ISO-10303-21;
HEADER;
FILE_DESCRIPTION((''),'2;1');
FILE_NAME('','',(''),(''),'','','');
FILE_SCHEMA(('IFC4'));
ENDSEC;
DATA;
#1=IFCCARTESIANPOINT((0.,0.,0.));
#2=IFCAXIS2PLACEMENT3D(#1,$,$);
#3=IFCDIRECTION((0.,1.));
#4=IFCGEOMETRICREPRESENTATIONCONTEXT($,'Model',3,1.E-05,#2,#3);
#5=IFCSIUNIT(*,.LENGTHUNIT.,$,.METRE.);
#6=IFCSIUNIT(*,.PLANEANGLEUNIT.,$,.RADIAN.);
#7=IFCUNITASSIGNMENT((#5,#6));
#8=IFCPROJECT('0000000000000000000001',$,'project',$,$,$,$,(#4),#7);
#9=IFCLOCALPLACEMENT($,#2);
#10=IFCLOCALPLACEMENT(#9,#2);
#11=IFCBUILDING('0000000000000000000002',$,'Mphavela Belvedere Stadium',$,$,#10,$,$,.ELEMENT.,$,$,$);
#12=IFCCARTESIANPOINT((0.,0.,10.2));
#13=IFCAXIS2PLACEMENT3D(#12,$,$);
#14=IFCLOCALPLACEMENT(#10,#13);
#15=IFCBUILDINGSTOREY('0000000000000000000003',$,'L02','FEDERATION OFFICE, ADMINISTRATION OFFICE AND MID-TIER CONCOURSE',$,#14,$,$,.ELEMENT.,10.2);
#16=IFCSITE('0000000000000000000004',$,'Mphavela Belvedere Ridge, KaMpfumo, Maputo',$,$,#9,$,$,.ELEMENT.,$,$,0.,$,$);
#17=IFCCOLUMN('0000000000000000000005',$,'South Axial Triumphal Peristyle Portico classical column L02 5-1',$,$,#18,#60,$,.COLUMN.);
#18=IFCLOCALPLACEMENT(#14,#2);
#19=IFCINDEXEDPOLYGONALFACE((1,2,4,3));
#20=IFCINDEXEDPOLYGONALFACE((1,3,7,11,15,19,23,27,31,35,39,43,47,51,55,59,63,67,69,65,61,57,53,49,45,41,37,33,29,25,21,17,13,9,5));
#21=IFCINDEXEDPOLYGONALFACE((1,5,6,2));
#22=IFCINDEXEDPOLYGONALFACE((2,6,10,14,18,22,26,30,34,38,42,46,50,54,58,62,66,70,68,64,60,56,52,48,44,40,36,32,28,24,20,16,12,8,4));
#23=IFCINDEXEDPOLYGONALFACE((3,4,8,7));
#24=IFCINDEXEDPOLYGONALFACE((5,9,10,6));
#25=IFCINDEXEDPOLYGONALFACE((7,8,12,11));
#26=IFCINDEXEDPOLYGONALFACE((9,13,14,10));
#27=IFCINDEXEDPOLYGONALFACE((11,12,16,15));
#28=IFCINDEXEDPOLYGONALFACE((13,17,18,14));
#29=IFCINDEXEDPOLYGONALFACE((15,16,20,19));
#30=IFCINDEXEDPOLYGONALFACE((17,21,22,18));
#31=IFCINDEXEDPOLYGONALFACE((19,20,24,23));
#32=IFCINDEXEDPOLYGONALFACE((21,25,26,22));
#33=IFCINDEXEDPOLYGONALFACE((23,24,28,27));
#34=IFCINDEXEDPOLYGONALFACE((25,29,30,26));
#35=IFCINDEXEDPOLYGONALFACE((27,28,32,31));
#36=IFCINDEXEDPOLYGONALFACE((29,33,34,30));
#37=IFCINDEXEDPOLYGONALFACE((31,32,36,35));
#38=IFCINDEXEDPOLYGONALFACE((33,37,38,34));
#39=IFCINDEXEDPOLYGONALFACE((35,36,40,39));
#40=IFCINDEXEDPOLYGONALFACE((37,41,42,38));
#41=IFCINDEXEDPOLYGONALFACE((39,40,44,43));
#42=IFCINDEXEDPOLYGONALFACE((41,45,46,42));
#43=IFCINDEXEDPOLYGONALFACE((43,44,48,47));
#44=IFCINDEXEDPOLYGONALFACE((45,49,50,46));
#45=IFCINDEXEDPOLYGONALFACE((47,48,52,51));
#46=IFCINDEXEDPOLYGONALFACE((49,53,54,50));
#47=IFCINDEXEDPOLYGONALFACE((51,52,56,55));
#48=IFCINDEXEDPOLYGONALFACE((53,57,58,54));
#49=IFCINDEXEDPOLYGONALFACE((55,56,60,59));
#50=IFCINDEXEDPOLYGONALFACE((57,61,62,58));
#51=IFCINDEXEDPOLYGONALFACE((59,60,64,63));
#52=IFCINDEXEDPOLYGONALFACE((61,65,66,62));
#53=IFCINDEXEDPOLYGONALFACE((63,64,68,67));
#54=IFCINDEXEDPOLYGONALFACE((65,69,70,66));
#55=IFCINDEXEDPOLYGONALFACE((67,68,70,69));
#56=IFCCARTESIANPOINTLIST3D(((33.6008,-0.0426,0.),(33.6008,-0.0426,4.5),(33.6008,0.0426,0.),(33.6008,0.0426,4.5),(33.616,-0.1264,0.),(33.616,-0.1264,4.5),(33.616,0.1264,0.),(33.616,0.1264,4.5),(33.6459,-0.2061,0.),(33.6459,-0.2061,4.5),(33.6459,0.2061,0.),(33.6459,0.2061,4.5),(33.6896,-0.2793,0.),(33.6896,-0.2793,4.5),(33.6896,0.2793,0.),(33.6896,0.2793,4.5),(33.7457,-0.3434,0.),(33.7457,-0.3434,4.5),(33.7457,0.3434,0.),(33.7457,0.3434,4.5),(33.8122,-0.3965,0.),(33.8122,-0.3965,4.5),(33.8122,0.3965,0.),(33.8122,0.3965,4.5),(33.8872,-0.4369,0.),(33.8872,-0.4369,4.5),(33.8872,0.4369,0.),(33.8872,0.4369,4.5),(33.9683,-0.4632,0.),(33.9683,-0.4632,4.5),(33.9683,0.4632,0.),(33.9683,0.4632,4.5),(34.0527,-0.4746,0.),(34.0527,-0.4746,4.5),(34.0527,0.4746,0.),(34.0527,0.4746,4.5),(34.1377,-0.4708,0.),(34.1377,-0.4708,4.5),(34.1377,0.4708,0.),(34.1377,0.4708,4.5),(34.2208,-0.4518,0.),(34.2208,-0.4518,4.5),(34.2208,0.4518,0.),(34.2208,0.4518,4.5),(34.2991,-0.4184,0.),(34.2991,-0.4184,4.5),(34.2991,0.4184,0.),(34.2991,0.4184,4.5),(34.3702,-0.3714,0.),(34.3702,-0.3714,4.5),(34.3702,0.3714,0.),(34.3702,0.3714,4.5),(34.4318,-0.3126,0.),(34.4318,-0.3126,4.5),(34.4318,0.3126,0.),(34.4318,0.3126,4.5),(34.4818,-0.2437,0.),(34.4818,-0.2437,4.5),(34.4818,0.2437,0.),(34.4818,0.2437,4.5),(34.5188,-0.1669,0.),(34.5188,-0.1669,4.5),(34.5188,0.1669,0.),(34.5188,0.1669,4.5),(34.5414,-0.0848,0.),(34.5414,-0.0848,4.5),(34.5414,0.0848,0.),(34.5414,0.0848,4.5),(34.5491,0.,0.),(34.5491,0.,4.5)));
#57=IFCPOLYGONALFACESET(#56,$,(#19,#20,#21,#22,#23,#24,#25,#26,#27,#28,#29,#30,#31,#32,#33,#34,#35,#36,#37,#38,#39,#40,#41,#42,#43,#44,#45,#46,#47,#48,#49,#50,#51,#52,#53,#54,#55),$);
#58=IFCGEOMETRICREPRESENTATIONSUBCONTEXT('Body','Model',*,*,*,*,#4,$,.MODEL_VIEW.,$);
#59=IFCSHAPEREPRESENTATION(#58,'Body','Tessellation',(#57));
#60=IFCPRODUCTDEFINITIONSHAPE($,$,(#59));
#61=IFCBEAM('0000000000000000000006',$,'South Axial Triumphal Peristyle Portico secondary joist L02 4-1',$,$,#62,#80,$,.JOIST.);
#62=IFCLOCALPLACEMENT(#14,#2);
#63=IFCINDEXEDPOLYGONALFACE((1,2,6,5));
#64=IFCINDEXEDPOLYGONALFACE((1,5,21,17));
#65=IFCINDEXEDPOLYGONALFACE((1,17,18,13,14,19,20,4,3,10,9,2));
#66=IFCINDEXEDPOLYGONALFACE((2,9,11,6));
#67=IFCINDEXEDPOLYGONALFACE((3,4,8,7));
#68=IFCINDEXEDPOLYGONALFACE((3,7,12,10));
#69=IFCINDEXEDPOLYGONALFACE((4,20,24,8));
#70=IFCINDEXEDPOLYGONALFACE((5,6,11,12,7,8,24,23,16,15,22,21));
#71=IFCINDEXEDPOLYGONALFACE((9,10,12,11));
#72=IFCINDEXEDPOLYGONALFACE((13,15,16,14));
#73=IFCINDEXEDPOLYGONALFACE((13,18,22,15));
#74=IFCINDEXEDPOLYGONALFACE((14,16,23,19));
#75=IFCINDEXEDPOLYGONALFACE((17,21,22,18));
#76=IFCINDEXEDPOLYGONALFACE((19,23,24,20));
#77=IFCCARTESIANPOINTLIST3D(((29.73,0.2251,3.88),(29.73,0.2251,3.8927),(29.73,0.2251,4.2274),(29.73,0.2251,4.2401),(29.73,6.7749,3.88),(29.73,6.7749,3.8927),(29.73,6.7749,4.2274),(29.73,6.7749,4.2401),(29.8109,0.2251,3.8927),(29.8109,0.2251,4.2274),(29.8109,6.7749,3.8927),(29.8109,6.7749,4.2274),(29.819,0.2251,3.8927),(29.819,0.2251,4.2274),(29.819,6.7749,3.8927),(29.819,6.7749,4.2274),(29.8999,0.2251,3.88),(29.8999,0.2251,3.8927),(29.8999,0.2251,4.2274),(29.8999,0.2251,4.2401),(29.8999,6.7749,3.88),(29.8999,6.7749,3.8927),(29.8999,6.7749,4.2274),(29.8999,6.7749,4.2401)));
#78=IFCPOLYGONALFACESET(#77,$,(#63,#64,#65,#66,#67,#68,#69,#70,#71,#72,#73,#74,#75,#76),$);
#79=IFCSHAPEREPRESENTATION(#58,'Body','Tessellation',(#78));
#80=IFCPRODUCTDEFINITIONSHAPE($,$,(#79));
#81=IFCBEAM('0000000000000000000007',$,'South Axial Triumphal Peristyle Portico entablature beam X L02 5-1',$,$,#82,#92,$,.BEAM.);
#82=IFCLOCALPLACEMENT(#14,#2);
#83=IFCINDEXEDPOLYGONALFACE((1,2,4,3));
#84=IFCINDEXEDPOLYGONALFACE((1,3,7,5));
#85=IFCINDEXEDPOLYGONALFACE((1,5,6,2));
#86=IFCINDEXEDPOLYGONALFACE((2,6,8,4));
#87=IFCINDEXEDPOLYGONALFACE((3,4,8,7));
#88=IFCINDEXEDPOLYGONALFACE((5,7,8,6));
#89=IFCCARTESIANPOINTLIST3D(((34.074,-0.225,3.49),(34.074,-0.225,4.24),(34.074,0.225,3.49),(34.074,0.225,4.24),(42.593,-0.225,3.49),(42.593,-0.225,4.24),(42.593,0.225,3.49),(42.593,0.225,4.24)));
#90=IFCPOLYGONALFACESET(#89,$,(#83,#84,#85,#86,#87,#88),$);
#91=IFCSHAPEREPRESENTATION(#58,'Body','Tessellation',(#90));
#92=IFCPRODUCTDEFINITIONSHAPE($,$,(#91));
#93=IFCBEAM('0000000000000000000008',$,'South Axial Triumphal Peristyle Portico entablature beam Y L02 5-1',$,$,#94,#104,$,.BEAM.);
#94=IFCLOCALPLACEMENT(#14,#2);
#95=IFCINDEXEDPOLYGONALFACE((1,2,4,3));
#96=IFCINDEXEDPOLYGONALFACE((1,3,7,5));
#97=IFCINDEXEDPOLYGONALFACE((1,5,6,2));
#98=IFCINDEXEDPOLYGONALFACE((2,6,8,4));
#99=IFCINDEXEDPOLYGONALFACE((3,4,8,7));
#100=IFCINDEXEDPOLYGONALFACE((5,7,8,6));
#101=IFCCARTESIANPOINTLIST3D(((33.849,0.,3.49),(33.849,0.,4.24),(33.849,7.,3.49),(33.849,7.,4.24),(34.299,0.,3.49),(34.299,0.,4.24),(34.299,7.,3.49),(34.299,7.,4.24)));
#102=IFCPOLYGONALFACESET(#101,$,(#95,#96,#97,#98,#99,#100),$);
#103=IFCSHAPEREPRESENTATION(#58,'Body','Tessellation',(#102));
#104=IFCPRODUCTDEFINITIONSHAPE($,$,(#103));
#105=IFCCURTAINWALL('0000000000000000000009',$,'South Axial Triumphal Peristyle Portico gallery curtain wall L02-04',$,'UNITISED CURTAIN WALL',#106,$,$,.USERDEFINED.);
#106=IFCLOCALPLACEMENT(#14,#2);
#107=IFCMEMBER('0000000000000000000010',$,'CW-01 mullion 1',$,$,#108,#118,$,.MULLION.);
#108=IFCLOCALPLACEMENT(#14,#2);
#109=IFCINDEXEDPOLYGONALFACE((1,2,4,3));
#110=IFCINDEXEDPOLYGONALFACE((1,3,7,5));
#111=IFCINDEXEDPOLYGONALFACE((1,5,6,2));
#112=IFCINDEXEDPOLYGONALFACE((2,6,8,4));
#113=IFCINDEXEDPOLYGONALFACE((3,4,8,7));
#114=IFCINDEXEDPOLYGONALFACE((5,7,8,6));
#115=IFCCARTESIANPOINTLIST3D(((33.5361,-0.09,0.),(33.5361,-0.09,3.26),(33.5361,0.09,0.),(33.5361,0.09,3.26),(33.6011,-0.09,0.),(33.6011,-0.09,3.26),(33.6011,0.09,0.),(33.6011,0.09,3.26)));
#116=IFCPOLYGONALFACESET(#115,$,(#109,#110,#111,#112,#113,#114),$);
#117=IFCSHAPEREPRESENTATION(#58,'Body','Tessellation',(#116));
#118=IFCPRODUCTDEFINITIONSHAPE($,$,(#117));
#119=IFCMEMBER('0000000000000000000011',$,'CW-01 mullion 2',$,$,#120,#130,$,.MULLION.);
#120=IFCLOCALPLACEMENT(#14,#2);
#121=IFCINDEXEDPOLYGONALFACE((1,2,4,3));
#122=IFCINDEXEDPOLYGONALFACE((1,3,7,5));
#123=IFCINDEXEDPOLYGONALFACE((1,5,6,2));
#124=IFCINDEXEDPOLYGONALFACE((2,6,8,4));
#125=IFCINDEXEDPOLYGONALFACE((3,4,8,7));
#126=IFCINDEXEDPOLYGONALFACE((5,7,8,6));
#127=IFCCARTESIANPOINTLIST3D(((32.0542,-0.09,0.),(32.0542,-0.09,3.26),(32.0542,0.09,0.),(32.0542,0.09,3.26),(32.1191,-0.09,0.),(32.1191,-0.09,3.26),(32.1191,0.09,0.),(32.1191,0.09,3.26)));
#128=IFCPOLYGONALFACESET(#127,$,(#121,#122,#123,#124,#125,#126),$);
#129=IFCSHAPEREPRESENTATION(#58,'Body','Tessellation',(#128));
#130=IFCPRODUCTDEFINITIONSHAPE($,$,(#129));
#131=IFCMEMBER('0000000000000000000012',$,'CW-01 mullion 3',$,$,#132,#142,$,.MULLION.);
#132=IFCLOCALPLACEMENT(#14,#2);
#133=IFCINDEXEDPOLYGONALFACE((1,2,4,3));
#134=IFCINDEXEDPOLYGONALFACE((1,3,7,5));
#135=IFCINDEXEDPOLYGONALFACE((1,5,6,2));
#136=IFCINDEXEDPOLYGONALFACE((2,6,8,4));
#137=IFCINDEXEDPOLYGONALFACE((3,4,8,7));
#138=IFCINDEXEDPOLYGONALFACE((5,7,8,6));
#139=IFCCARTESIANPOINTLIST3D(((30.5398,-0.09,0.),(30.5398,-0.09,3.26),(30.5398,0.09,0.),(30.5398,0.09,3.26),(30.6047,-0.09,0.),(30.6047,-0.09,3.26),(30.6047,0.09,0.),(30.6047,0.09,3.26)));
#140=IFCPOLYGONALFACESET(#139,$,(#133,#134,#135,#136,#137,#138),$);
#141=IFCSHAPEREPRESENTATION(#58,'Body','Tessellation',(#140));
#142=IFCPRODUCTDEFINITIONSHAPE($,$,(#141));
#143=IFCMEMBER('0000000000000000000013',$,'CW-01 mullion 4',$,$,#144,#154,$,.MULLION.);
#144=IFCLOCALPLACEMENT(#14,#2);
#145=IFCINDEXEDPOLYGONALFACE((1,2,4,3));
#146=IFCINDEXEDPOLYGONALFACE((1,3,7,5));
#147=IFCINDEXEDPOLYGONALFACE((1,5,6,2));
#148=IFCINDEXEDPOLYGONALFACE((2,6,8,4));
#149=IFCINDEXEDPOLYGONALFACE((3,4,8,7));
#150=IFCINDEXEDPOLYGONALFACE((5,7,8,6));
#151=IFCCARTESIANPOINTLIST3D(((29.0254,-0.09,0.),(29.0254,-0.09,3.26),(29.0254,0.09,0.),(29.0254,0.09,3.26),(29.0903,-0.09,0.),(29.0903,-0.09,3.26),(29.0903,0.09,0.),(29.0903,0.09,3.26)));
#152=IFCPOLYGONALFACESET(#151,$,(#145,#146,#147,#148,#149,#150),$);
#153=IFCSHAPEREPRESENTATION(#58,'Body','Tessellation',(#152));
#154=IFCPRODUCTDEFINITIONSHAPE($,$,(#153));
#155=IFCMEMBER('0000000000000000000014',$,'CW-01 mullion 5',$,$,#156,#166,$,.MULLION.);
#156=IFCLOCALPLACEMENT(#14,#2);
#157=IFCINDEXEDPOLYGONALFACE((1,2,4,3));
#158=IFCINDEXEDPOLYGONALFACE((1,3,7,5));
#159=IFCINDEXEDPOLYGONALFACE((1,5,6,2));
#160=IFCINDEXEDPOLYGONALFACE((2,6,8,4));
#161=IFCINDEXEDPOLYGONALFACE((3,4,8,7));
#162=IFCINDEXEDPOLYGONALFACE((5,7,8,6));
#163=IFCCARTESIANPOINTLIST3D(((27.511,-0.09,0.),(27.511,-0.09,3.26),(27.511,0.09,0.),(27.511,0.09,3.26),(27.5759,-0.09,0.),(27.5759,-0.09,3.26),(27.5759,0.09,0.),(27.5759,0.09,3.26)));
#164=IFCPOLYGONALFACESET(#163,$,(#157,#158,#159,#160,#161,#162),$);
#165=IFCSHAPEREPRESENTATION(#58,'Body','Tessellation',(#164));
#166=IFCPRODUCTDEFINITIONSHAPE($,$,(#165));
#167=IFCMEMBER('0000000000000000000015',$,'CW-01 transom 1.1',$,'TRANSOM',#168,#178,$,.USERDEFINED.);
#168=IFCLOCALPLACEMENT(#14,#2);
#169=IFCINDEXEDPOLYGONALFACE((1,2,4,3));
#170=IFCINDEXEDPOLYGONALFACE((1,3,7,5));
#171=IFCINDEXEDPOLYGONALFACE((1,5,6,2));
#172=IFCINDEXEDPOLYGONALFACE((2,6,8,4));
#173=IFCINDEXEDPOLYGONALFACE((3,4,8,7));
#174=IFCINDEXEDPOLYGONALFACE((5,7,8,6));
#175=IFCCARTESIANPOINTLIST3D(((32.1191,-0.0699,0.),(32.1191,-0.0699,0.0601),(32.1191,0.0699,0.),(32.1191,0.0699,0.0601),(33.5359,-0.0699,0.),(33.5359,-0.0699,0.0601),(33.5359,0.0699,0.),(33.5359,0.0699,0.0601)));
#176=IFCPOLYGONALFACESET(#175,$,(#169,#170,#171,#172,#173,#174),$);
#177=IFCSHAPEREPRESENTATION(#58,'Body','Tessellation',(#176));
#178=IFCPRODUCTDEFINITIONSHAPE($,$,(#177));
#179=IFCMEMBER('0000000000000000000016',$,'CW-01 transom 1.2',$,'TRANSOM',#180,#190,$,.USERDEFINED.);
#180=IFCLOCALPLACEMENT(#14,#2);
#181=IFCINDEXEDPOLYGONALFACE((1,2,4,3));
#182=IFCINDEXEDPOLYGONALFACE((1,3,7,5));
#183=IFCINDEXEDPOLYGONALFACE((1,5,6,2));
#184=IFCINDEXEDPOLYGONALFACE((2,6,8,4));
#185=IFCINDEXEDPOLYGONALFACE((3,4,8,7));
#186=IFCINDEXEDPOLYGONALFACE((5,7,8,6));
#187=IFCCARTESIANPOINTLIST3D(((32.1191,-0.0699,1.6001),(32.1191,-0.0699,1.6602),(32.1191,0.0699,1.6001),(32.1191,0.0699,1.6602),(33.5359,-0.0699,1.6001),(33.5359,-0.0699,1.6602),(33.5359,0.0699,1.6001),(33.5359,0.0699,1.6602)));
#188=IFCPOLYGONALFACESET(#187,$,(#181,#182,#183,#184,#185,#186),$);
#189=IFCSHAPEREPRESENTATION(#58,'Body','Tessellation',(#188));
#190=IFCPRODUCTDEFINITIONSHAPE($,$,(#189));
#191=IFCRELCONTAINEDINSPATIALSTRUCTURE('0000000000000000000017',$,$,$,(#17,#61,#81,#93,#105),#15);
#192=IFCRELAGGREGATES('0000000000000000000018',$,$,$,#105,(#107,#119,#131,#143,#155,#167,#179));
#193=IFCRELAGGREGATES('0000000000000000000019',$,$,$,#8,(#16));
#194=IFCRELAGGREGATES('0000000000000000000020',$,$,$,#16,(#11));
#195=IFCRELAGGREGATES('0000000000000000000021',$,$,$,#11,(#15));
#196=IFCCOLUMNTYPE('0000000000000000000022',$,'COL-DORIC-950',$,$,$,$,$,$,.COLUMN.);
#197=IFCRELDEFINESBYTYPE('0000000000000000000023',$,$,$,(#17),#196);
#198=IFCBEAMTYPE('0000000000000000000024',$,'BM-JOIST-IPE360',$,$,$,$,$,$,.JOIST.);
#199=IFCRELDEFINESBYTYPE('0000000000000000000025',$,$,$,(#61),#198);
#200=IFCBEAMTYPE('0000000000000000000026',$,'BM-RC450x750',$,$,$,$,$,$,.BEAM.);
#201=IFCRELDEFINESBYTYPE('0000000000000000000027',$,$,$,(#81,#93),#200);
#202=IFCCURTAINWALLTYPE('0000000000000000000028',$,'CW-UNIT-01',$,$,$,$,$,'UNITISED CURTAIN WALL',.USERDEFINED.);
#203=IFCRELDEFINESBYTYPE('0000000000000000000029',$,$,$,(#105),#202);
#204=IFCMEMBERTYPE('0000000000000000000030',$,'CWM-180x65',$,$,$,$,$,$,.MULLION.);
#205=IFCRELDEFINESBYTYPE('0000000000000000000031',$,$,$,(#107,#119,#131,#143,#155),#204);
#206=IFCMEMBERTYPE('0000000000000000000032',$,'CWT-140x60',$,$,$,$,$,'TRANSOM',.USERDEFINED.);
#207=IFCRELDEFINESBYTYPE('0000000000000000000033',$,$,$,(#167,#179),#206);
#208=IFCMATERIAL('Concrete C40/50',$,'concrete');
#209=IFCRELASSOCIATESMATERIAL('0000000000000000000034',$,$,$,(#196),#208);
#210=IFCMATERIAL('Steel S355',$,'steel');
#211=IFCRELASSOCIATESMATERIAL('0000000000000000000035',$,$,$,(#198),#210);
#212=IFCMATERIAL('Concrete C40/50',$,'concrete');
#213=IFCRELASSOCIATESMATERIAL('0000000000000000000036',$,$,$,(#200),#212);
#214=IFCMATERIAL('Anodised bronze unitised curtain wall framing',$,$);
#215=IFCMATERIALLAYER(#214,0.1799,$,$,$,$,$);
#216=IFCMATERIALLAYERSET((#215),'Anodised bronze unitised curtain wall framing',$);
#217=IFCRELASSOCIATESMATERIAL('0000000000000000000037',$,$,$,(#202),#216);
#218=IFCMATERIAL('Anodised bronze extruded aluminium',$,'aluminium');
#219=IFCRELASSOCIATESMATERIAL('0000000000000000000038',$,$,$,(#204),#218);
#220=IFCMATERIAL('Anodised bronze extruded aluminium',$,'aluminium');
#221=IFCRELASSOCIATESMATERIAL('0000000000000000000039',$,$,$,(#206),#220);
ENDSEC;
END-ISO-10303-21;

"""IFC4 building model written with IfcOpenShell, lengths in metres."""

from ifc_helpers import new_model, si_unit, direction, frame, origin, origin_2d, place, context, subcontext, project, spatial, rectangle, circle, i_section, extrude, material, layer, layer_set, material_profile, profile_set, type_object, element, aggregate, save


model = new_model("IFC4")

# Units and contexts
model_context = context("Model", 3, precision=1e-05, world=origin(), true_north=direction((0.0, 1.0)))
body_context = subcontext(model_context, "Body", "Model", "MODEL_VIEW")
ifc_project = project(units=[si_unit("LENGTHUNIT", "METRE"), si_unit("PLANEANGLEUNIT", "RADIAN")], contexts=[model_context])

# Site, building, storey
site_placement = place(None, origin())
site = spatial("IfcSite", under=ifc_project, at=site_placement, Name="Mphavela Belvedere Ridge, KaMpfumo, Maputo", CompositionType="ELEMENT", RefElevation=0.0)
building_placement = place(site_placement, origin())
building = spatial("IfcBuilding", under=site, at=building_placement, Name="Mphavela Belvedere Stadium", CompositionType="ELEMENT")
storey_placement = place(building_placement, frame((0.0, 0.0, 10.2)))
storey = spatial("IfcBuildingStorey", under=building, at=storey_placement, Name="L02", Description="FEDERATION OFFICE, ADMINISTRATION OFFICE AND MID-TIER CONCOURSE", CompositionType="ELEMENT", Elevation=10.2)

# Column
ifc_material_1 = material(Name="Concrete C40/50", Category="concrete")
ifc_material_profile_1 = material_profile(ifc_material_1, circle(Radius=0.4751, at=origin_2d()), Name="COL D950")
ifc_profile_set_1 = profile_set([ifc_material_profile_1], Name="Concrete C40/50")
column_type = type_object("IfcColumnType", Name="COL-DORIC-950", PredefinedType="COLUMN", material=ifc_profile_set_1)
column_placement = place(storey_placement, frame((34.074, 0.0, 0.0), z_axis=(0.0, 0.0, 1.0), x_axis=(1.0, 0.0, 0.0)))
element("IfcColumn", 1, at=column_placement, inside=storey, type_object=column_type, Name="South Axial Triumphal Peristyle Portico classical column L02 5-1", PredefinedType="COLUMN", context=body_context, shape_type="SweptSolid", body=[
    extrude(circle(Radius=0.4751, at=origin_2d()), origin(), (0.0, 0.0, 1.0), 4.5),
])

# Beams
ifc_material_2 = material(Name="Steel S355", Category="steel")
ifc_material_profile_2 = material_profile(ifc_material_2, i_section(OverallWidth=0.1699, OverallDepth=0.3601, WebThickness=0.0081, FlangeThickness=0.0127, at=origin_2d()), Name="IPE 360")
ifc_profile_set_2 = profile_set([ifc_material_profile_2], Name="Steel S355")
beam_type_1 = type_object("IfcBeamType", Name="BM-JOIST-IPE360", PredefinedType="JOIST", material=ifc_profile_set_2)
beam_1_placement = place(storey_placement, frame((29.8149, 0.2251, 4.0601), z_axis=(0.0, 1.0, 0.0), x_axis=(-1.0, 0.0, 0.0)))
element("IfcBeam", 2, at=beam_1_placement, inside=storey, type_object=beam_type_1, Name="South Axial Triumphal Peristyle Portico secondary joist L02 4-1", PredefinedType="JOIST", context=body_context, shape_type="SweptSolid", body=[
    extrude(i_section(OverallWidth=0.1699, OverallDepth=0.3601, WebThickness=0.0081, FlangeThickness=0.0127, at=origin_2d()), origin(), (0.0, 0.0, 1.0), 6.5498),
])
ifc_material_3 = material(Name="Concrete C40/50", Category="concrete")
ifc_material_profile_3 = material_profile(ifc_material_3, rectangle(XDim=0.45, YDim=0.75, at=origin_2d()), Name="RC 450x750")
ifc_profile_set_3 = profile_set([ifc_material_profile_3], Name="Concrete C40/50")
beam_type_2 = type_object("IfcBeamType", Name="BM-RC450x750", PredefinedType="BEAM", material=ifc_profile_set_3)
beam_2_placement = place(storey_placement, frame((34.074, 0.0, 3.865), z_axis=(1.0, 0.0, 0.0), x_axis=(0.0, 1.0, 0.0)))
element("IfcBeam", 3, at=beam_2_placement, inside=storey, type_object=beam_type_2, Name="South Axial Triumphal Peristyle Portico entablature beam X L02 5-1", PredefinedType="BEAM", context=body_context, shape_type="SweptSolid", body=[
    extrude(rectangle(XDim=0.45, YDim=0.75, at=origin_2d()), origin(), (0.0, 0.0, 1.0), 8.519),
])
beam_3_placement = place(storey_placement, frame((34.074, 0.0, 3.865), z_axis=(0.0, 1.0, 0.0), x_axis=(-1.0, 0.0, 0.0)))
element("IfcBeam", 4, at=beam_3_placement, inside=storey, type_object=beam_type_2, Name="South Axial Triumphal Peristyle Portico entablature beam Y L02 5-1", PredefinedType="BEAM", context=body_context, shape_type="SweptSolid", body=[
    extrude(rectangle(XDim=0.45, YDim=0.75, at=origin_2d()), origin(), (0.0, 0.0, 1.0), 7.0),
])

# Curtain wall, members
ifc_material_4 = material(Name="Anodised bronze unitised curtain wall framing")
ifc_layer_1 = layer(ifc_material_4, 0.1799)
ifc_layer_set_1 = layer_set([ifc_layer_1], Name="Anodised bronze unitised curtain wall framing")
curtain_wall_type = type_object("IfcCurtainWallType", Name="CW-UNIT-01", ElementType="UNITISED CURTAIN WALL", PredefinedType="USERDEFINED", material=ifc_layer_set_1)
curtain_wall_placement = place(storey_placement, origin())
curtain_wall = element("IfcCurtainWall", 5, at=curtain_wall_placement, inside=storey, type_object=curtain_wall_type, Name="South Axial Triumphal Peristyle Portico gallery curtain wall L02-04", ObjectType="UNITISED CURTAIN WALL", PredefinedType="USERDEFINED")
ifc_material_5 = material(Name="Anodised bronze extruded aluminium", Category="aluminium")
ifc_material_profile_4 = material_profile(ifc_material_5, rectangle(XDim=0.1799, YDim=0.0649, at=origin_2d()), Name="CW-MUL 180x65")
ifc_profile_set_4 = profile_set([ifc_material_profile_4], Name="Anodised bronze extruded aluminium")
member_type_1 = type_object("IfcMemberType", Name="CWM-180x65", PredefinedType="MULLION", material=ifc_profile_set_4)
member_1_placement = place(storey_placement, frame((33.5686, 0.0, 0.0), z_axis=(0.0, 0.0, 1.0), x_axis=(0.0, -1.0, 0.0)))
member_1 = element("IfcMember", 6, at=member_1_placement, type_object=member_type_1, Name="CW-01 mullion 1", PredefinedType="MULLION", context=body_context, shape_type="SweptSolid", body=[
    extrude(rectangle(XDim=0.1799, YDim=0.0649, at=origin_2d()), origin(), (0.0, 0.0, 1.0), 3.26),
])
member_2_placement = place(storey_placement, frame((32.0867, 0.0, 0.0), z_axis=(0.0, 0.0, 1.0), x_axis=(0.0, -1.0, 0.0)))
member_2 = element("IfcMember", 7, at=member_2_placement, type_object=member_type_1, Name="CW-01 mullion 2", PredefinedType="MULLION", context=body_context, shape_type="SweptSolid", body=[
    extrude(rectangle(XDim=0.1799, YDim=0.0649, at=origin_2d()), origin(), (0.0, 0.0, 1.0), 3.26),
])
member_3_placement = place(storey_placement, frame((30.5723, 0.0, 0.0), z_axis=(0.0, 0.0, 1.0), x_axis=(0.0, -1.0, 0.0)))
member_3 = element("IfcMember", 8, at=member_3_placement, type_object=member_type_1, Name="CW-01 mullion 3", PredefinedType="MULLION", context=body_context, shape_type="SweptSolid", body=[
    extrude(rectangle(XDim=0.1799, YDim=0.0649, at=origin_2d()), origin(), (0.0, 0.0, 1.0), 3.26),
])
member_4_placement = place(storey_placement, frame((29.0579, 0.0, 0.0), z_axis=(0.0, 0.0, 1.0), x_axis=(0.0, -1.0, 0.0)))
member_4 = element("IfcMember", 9, at=member_4_placement, type_object=member_type_1, Name="CW-01 mullion 4", PredefinedType="MULLION", context=body_context, shape_type="SweptSolid", body=[
    extrude(rectangle(XDim=0.1799, YDim=0.0649, at=origin_2d()), origin(), (0.0, 0.0, 1.0), 3.26),
])
member_5_placement = place(storey_placement, frame((27.5435, 0.0, 0.0), z_axis=(0.0, 0.0, 1.0), x_axis=(0.0, -1.0, 0.0)))
member_5 = element("IfcMember", 10, at=member_5_placement, type_object=member_type_1, Name="CW-01 mullion 5", PredefinedType="MULLION", context=body_context, shape_type="SweptSolid", body=[
    extrude(rectangle(XDim=0.1799, YDim=0.0649, at=origin_2d()), origin(), (0.0, 0.0, 1.0), 3.26),
])
ifc_material_6 = material(Name="Anodised bronze extruded aluminium", Category="aluminium")
ifc_material_profile_5 = material_profile(ifc_material_6, rectangle(XDim=0.1399, YDim=0.0601, at=origin_2d()), Name="CW-TRN 140x60")
ifc_profile_set_5 = profile_set([ifc_material_profile_5], Name="Anodised bronze extruded aluminium")
member_type_2 = type_object("IfcMemberType", Name="CWT-140x60", ElementType="TRANSOM", PredefinedType="USERDEFINED", material=ifc_profile_set_5)
member_6_placement = place(storey_placement, frame((33.5359, 0.0, 0.03), z_axis=(-1.0, 0.0, 0.0), x_axis=(0.0, -1.0, 0.0)))
member_6 = element("IfcMember", 11, at=member_6_placement, type_object=member_type_2, Name="CW-01 transom 1.1", ObjectType="TRANSOM", PredefinedType="USERDEFINED", context=body_context, shape_type="SweptSolid", body=[
    extrude(rectangle(XDim=0.1399, YDim=0.0601, at=origin_2d()), origin(), (0.0, 0.0, 1.0), 1.4167),
])
member_7_placement = place(storey_placement, frame((33.5359, 0.0, 1.6301), z_axis=(-1.0, 0.0, 0.0), x_axis=(0.0, -1.0, 0.0)))
member_7 = element("IfcMember", 12, at=member_7_placement, type_object=member_type_2, Name="CW-01 transom 1.2", ObjectType="TRANSOM", PredefinedType="USERDEFINED", context=body_context, shape_type="SweptSolid", body=[
    extrude(rectangle(XDim=0.1399, YDim=0.0601, at=origin_2d()), origin(), (0.0, 0.0, 1.0), 1.4167),
])
aggregate(curtain_wall, [member_1, member_2, member_3, member_4, member_5, member_6, member_7])

save(model, "model.ifc")
